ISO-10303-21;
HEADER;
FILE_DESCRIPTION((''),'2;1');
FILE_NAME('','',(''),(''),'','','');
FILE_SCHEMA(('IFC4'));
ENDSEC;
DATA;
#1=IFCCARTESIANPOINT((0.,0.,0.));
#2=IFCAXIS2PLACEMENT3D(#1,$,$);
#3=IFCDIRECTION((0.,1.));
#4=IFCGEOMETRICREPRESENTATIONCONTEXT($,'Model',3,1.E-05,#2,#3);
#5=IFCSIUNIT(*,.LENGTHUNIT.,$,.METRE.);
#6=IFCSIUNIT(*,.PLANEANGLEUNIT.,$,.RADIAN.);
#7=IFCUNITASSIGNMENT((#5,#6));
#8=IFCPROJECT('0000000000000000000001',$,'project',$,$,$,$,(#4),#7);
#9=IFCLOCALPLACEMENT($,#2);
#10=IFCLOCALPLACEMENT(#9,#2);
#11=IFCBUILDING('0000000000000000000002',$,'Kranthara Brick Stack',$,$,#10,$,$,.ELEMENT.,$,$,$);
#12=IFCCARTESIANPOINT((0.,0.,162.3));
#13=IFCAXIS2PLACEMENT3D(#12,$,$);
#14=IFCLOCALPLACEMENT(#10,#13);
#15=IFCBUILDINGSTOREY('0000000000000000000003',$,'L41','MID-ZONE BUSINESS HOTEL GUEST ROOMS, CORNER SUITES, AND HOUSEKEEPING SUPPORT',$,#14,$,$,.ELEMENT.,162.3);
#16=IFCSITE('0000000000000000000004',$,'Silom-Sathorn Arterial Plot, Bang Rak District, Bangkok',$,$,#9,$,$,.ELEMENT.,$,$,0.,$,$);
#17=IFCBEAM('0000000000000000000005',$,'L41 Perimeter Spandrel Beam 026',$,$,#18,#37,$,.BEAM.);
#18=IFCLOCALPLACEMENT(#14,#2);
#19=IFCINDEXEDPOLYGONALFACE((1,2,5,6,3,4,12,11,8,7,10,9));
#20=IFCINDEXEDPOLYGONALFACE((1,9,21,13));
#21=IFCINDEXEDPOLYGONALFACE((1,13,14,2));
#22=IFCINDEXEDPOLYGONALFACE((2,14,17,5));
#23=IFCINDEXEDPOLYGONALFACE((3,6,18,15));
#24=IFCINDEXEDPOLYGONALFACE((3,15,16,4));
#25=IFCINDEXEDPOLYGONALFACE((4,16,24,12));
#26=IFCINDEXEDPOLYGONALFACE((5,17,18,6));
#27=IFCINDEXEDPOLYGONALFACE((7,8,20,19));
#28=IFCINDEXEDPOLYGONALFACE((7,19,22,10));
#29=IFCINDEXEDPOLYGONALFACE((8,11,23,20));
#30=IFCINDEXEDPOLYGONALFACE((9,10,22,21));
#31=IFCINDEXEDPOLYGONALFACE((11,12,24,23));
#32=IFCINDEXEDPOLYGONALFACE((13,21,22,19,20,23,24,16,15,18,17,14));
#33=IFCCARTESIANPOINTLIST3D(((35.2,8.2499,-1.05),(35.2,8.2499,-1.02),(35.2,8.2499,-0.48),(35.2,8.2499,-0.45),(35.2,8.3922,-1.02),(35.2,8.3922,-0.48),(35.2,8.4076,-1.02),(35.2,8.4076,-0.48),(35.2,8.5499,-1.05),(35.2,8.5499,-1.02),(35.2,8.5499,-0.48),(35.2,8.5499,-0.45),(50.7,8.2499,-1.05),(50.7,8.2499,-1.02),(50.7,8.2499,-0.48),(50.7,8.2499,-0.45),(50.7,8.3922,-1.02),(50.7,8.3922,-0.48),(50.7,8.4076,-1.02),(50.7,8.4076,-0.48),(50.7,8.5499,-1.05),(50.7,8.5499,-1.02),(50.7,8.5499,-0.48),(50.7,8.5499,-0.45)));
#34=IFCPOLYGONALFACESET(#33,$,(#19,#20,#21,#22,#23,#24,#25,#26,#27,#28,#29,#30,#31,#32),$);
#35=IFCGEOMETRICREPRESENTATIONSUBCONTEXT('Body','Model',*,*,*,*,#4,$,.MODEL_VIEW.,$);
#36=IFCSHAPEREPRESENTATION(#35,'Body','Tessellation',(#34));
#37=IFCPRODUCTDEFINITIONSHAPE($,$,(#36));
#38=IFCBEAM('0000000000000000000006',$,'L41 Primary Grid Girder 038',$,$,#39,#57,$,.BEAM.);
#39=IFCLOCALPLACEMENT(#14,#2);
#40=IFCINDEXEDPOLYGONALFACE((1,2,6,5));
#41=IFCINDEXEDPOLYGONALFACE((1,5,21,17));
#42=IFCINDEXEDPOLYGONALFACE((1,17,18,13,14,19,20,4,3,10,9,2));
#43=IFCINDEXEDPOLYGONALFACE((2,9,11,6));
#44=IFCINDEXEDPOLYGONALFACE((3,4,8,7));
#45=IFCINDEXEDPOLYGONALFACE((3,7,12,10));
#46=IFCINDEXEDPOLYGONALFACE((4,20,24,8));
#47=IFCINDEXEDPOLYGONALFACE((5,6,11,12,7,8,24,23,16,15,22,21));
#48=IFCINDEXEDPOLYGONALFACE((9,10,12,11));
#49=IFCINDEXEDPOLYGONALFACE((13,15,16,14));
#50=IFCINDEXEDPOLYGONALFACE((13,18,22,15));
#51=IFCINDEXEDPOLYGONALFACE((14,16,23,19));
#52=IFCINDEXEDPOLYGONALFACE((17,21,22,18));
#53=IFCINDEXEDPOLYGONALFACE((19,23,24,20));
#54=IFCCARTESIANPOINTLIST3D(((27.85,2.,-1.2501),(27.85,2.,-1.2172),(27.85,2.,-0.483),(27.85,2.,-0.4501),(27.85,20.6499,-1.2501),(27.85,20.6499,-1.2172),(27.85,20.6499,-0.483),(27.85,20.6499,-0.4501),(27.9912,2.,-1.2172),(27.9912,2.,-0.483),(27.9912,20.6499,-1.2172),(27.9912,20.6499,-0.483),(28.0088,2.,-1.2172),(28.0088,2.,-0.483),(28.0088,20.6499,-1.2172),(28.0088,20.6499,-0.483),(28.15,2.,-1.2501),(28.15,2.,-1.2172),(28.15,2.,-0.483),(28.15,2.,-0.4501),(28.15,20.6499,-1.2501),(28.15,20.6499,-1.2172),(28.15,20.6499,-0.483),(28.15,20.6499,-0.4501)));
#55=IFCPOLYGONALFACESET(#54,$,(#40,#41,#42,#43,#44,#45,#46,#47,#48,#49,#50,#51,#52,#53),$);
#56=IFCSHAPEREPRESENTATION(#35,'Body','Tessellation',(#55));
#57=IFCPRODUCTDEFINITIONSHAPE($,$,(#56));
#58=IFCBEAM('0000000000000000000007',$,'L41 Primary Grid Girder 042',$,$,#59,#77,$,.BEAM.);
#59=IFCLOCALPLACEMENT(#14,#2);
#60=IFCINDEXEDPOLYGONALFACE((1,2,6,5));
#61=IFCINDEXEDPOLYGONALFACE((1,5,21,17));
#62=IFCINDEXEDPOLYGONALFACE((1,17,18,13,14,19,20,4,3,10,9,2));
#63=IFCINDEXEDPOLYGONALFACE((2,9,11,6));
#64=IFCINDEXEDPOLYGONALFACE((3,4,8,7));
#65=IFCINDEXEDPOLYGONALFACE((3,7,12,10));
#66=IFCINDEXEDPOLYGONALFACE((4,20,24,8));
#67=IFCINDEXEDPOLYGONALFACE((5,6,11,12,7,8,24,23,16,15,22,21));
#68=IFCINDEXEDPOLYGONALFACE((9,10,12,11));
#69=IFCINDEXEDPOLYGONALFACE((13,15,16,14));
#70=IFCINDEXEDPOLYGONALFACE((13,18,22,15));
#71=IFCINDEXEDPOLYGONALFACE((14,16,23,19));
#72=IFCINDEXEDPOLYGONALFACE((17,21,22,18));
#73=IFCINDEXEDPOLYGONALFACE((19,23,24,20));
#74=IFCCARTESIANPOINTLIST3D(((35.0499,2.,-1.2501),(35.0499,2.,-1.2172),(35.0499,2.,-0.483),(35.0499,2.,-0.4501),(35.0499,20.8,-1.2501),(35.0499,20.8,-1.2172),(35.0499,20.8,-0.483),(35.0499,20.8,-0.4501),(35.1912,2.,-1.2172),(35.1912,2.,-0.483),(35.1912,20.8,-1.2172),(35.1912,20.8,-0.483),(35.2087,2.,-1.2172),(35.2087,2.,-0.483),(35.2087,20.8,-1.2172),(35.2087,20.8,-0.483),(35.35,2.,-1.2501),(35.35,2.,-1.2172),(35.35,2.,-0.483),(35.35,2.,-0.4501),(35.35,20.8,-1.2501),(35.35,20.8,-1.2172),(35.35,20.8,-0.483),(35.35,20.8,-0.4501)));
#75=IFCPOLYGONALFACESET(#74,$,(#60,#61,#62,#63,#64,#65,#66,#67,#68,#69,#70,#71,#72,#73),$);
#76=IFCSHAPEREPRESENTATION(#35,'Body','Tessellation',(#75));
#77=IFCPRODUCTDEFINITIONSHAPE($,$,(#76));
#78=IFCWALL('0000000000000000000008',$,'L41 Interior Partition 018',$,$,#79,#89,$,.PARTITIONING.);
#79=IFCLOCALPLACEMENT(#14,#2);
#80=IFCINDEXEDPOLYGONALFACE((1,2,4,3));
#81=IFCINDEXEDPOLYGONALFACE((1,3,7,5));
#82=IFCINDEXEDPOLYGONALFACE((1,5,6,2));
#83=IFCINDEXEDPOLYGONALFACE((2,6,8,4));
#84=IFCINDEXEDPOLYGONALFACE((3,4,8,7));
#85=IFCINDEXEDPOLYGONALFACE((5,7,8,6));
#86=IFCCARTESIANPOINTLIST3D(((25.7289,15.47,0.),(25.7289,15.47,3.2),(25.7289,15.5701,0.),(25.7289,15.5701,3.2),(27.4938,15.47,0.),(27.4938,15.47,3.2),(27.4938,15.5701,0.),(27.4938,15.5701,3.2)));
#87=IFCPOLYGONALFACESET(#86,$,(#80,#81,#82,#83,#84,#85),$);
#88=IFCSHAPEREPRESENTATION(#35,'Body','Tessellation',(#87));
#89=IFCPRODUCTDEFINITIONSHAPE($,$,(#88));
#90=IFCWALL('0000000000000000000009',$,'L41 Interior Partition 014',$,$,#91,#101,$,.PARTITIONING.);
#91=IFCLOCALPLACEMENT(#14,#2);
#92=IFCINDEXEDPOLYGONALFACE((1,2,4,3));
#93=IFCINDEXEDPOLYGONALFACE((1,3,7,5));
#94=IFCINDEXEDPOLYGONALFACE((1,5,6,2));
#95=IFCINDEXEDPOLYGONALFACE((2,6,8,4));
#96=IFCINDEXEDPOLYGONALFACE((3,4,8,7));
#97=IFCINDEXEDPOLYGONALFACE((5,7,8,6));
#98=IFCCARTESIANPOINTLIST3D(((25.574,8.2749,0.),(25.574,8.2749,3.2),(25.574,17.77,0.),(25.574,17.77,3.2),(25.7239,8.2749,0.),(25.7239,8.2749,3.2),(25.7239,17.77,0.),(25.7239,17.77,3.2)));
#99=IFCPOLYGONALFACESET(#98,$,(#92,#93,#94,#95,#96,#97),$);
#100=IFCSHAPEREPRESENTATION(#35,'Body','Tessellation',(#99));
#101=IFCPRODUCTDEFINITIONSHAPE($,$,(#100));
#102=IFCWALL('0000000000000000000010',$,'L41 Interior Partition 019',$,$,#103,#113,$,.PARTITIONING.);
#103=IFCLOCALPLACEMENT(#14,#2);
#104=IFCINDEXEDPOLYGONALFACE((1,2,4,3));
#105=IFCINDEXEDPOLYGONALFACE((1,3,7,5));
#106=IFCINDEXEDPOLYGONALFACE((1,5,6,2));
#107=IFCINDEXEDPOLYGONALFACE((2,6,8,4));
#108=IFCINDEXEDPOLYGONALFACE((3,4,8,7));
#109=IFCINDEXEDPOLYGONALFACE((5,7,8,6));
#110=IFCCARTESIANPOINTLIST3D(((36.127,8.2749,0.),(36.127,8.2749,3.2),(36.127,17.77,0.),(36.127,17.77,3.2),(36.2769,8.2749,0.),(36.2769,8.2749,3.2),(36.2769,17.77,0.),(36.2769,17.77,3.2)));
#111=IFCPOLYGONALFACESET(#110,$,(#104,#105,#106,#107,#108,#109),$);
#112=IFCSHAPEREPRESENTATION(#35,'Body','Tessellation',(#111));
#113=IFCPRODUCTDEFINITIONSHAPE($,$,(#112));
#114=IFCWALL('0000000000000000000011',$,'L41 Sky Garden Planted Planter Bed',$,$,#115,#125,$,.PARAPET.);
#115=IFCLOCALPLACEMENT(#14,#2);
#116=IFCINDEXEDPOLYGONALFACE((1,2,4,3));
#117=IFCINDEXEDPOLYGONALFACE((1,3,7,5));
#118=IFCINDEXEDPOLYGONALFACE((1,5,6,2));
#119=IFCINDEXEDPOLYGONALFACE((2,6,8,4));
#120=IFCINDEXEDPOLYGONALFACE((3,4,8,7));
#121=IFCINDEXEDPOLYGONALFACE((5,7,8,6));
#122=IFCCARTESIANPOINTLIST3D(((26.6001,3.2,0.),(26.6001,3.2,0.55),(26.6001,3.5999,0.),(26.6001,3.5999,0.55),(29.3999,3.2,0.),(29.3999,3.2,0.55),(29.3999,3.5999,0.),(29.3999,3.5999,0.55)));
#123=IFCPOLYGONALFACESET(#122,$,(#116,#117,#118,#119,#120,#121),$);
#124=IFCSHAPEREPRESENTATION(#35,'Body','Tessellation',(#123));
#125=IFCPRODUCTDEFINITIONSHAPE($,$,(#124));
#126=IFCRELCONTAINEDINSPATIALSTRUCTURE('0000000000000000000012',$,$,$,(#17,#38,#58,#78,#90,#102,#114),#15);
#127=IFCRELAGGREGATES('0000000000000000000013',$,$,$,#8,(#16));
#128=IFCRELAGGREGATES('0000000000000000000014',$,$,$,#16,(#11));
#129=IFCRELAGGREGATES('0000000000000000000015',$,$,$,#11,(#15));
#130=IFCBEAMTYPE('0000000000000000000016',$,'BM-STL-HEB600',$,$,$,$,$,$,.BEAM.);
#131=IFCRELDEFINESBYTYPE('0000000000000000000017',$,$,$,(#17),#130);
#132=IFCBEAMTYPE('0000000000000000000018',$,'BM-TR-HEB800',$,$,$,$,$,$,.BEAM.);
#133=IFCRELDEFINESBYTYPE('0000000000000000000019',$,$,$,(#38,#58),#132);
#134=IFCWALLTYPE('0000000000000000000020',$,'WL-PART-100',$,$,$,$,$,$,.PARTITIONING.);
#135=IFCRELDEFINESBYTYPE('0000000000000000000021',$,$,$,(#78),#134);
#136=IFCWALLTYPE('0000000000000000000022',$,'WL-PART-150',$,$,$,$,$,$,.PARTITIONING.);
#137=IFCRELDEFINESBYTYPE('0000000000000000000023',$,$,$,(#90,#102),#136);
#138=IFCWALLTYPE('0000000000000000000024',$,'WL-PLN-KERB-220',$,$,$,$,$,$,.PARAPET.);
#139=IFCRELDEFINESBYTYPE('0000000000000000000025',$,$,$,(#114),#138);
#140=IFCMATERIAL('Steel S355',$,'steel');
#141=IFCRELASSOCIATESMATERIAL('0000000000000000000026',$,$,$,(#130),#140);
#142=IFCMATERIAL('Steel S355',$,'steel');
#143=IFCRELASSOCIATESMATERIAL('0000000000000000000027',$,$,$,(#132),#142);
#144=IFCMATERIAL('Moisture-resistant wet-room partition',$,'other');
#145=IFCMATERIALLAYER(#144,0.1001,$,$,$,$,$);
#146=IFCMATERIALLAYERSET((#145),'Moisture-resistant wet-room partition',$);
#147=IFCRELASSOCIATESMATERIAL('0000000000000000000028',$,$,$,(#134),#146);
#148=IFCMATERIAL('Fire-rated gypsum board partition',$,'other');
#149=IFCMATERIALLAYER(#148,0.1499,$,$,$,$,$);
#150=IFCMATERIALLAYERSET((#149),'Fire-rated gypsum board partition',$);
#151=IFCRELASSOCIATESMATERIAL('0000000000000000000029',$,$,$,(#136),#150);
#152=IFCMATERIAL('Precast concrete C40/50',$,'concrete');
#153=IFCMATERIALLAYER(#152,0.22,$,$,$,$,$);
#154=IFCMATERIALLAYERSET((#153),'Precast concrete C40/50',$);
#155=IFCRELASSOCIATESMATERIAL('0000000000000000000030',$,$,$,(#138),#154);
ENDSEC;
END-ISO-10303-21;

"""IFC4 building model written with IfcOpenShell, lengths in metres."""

from ifc_helpers import new_model, si_unit, direction, frame, frame_2d, origin, origin_2d, place, context, subcontext, project, spatial, rectangle, i_section, extrude, material, layer, layer_set, material_profile, profile_set, type_object, element, save


model = new_model("IFC4")

# Units and contexts
model_context = context("Model", 3, precision=1e-05, world=origin(), true_north=direction((0.0, 1.0)))
body_context = subcontext(model_context, "Body", "Model", "MODEL_VIEW")
ifc_project = project(units=[si_unit("LENGTHUNIT", "METRE"), si_unit("PLANEANGLEUNIT", "RADIAN")], contexts=[model_context])

# Site, building, storey
site_placement = place(None, origin())
site = spatial("IfcSite", under=ifc_project, at=site_placement, Name="Silom-Sathorn Arterial Plot, Bang Rak District, Bangkok", CompositionType="ELEMENT", RefElevation=0.0)
building_placement = place(site_placement, origin())
building = spatial("IfcBuilding", under=site, at=building_placement, Name="Kranthara Brick Stack", CompositionType="ELEMENT")
storey_placement = place(building_placement, frame((0.0, 0.0, 162.3)))
storey = spatial("IfcBuildingStorey", under=building, at=storey_placement, Name="L41", Description="MID-ZONE BUSINESS HOTEL GUEST ROOMS, CORNER SUITES, AND HOUSEKEEPING SUPPORT", CompositionType="ELEMENT", Elevation=162.3)

# Beams
ifc_material_1 = material(Name="Steel S355", Category="steel")
ifc_material_profile_1 = material_profile(ifc_material_1, i_section(OverallWidth=0.3, OverallDepth=0.6001, WebThickness=0.0154, FlangeThickness=0.03, at=origin_2d()), Name="HEB 600")
ifc_profile_set_1 = profile_set([ifc_material_profile_1], Name="Steel S355")
beam_type_1 = type_object("IfcBeamType", Name="BM-STL-HEB600", PredefinedType="BEAM", material=ifc_profile_set_1)
beam_1_placement = place(storey_placement, frame((35.2, 8.3999, -0.75), z_axis=(1.0, 0.0, 0.0), x_axis=(0.0, 1.0, 0.0)))
element("IfcBeam", 1, at=beam_1_placement, inside=storey, type_object=beam_type_1, Name="L41 Perimeter Spandrel Beam 026", PredefinedType="BEAM", context=body_context, shape_type="SweptSolid", body=[
    extrude(i_section(OverallWidth=0.3, OverallDepth=0.6001, WebThickness=0.0154, FlangeThickness=0.03, at=origin_2d()), origin(), (0.0, 0.0, 1.0), 15.5),
])
ifc_material_2 = material(Name="Steel S355", Category="steel")
ifc_material_profile_2 = material_profile(ifc_material_2, i_section(OverallWidth=0.3, OverallDepth=0.8, WebThickness=0.0176, FlangeThickness=0.033, at=origin_2d()), Name="HEB 800")
ifc_profile_set_2 = profile_set([ifc_material_profile_2], Name="Steel S355")
beam_type_2 = type_object("IfcBeamType", Name="BM-TR-HEB800", PredefinedType="BEAM", material=ifc_profile_set_2)
beam_2_placement = place(storey_placement, frame((28.0, 2.0, -0.8501), z_axis=(0.0, 1.0, 0.0), x_axis=(-1.0, 0.0, 0.0)))
element("IfcBeam", 2, at=beam_2_placement, inside=storey, type_object=beam_type_2, Name="L41 Primary Grid Girder 038", PredefinedType="BEAM", context=body_context, shape_type="SweptSolid", body=[
    extrude(i_section(OverallWidth=0.3, OverallDepth=0.8, WebThickness=0.0176, FlangeThickness=0.033, at=origin_2d()), origin(), (0.0, 0.0, 1.0), 18.6499),
])
beam_3_placement = place(storey_placement, frame((35.2, 2.0, -0.8501), z_axis=(0.0, 1.0, 0.0), x_axis=(-1.0, 0.0, 0.0)))
element("IfcBeam", 3, at=beam_3_placement, inside=storey, type_object=beam_type_2, Name="L41 Primary Grid Girder 042", PredefinedType="BEAM", context=body_context, shape_type="SweptSolid", body=[
    extrude(i_section(OverallWidth=0.3, OverallDepth=0.8, WebThickness=0.0176, FlangeThickness=0.033, at=origin_2d()), origin(), (0.0, 0.0, 1.0), 18.8),
])

# Walls
ifc_material_3 = material(Name="Moisture-resistant wet-room partition", Category="other")
ifc_layer_1 = layer(ifc_material_3, 0.1001)
ifc_layer_set_1 = layer_set([ifc_layer_1], Name="Moisture-resistant wet-room partition")
wall_type_1 = type_object("IfcWallType", Name="WL-PART-100", PredefinedType="PARTITIONING", material=ifc_layer_set_1)
wall_1_placement = place(storey_placement, frame((25.729, 15.52, 0.0), z_axis=(0.0, 0.0, 1.0), x_axis=(1.0, 0.0, 0.0)))
element("IfcWall", 4, at=wall_1_placement, inside=storey, type_object=wall_type_1, Name="L41 Interior Partition 018", PredefinedType="PARTITIONING", context=body_context, shape_type="SweptSolid", body=[
    extrude(rectangle(XDim=1.7649, YDim=0.1001, at=frame_2d((0.8823, 0.0))), origin(), (0.0, 0.0, 1.0), 3.2),
])
ifc_material_4 = material(Name="Fire-rated gypsum board partition", Category="other")
ifc_layer_2 = layer(ifc_material_4, 0.1499)
ifc_layer_set_2 = layer_set([ifc_layer_2], Name="Fire-rated gypsum board partition")
wall_type_2 = type_object("IfcWallType", Name="WL-PART-150", PredefinedType="PARTITIONING", material=ifc_layer_set_2)
for number, where, z_axis, x_axis, name in (
    (5, (25.6489, 8.2749, 0.0), (0.0, 0.0, 1.0), (0.0, 1.0, 0.0), "L41 Interior Partition 014"),
    (6, (36.2019, 8.2749, 0.0), (0.0, 0.0, 1.0), (0.0, 1.0, 0.0), "L41 Interior Partition 019"),
):
    element("IfcWall", number, at=place(storey_placement, frame(where, z_axis=z_axis, x_axis=x_axis)), inside=storey, type_object=wall_type_2, Name=name, PredefinedType="PARTITIONING", context=body_context, shape_type="SweptSolid", body=[
        extrude(rectangle(XDim=9.4951, YDim=0.1499, at=frame_2d((4.7476, 0.0))), origin(), (0.0, 0.0, 1.0), 3.2),
    ])
ifc_material_5 = material(Name="Precast concrete C40/50", Category="concrete")
ifc_layer_3 = layer(ifc_material_5, 0.22)
ifc_layer_set_3 = layer_set([ifc_layer_3], Name="Precast concrete C40/50")
wall_type_3 = type_object("IfcWallType", Name="WL-PLN-KERB-220", PredefinedType="PARAPET", material=ifc_layer_set_3)
wall_2_placement = place(storey_placement, frame((26.6001, 3.3999, 0.0), z_axis=(0.0, 0.0, 1.0), x_axis=(1.0, 0.0, 0.0)))
element("IfcWall", 7, at=wall_2_placement, inside=storey, type_object=wall_type_3, Name="L41 Sky Garden Planted Planter Bed", PredefinedType="PARAPET", context=body_context, shape_type="SweptSolid", body=[
    extrude(rectangle(XDim=2.7998, YDim=0.3999, at=frame_2d((1.3999, 0.0))), origin(), (0.0, 0.0, 1.0), 0.55),
])

save(model, "model.ifc")
